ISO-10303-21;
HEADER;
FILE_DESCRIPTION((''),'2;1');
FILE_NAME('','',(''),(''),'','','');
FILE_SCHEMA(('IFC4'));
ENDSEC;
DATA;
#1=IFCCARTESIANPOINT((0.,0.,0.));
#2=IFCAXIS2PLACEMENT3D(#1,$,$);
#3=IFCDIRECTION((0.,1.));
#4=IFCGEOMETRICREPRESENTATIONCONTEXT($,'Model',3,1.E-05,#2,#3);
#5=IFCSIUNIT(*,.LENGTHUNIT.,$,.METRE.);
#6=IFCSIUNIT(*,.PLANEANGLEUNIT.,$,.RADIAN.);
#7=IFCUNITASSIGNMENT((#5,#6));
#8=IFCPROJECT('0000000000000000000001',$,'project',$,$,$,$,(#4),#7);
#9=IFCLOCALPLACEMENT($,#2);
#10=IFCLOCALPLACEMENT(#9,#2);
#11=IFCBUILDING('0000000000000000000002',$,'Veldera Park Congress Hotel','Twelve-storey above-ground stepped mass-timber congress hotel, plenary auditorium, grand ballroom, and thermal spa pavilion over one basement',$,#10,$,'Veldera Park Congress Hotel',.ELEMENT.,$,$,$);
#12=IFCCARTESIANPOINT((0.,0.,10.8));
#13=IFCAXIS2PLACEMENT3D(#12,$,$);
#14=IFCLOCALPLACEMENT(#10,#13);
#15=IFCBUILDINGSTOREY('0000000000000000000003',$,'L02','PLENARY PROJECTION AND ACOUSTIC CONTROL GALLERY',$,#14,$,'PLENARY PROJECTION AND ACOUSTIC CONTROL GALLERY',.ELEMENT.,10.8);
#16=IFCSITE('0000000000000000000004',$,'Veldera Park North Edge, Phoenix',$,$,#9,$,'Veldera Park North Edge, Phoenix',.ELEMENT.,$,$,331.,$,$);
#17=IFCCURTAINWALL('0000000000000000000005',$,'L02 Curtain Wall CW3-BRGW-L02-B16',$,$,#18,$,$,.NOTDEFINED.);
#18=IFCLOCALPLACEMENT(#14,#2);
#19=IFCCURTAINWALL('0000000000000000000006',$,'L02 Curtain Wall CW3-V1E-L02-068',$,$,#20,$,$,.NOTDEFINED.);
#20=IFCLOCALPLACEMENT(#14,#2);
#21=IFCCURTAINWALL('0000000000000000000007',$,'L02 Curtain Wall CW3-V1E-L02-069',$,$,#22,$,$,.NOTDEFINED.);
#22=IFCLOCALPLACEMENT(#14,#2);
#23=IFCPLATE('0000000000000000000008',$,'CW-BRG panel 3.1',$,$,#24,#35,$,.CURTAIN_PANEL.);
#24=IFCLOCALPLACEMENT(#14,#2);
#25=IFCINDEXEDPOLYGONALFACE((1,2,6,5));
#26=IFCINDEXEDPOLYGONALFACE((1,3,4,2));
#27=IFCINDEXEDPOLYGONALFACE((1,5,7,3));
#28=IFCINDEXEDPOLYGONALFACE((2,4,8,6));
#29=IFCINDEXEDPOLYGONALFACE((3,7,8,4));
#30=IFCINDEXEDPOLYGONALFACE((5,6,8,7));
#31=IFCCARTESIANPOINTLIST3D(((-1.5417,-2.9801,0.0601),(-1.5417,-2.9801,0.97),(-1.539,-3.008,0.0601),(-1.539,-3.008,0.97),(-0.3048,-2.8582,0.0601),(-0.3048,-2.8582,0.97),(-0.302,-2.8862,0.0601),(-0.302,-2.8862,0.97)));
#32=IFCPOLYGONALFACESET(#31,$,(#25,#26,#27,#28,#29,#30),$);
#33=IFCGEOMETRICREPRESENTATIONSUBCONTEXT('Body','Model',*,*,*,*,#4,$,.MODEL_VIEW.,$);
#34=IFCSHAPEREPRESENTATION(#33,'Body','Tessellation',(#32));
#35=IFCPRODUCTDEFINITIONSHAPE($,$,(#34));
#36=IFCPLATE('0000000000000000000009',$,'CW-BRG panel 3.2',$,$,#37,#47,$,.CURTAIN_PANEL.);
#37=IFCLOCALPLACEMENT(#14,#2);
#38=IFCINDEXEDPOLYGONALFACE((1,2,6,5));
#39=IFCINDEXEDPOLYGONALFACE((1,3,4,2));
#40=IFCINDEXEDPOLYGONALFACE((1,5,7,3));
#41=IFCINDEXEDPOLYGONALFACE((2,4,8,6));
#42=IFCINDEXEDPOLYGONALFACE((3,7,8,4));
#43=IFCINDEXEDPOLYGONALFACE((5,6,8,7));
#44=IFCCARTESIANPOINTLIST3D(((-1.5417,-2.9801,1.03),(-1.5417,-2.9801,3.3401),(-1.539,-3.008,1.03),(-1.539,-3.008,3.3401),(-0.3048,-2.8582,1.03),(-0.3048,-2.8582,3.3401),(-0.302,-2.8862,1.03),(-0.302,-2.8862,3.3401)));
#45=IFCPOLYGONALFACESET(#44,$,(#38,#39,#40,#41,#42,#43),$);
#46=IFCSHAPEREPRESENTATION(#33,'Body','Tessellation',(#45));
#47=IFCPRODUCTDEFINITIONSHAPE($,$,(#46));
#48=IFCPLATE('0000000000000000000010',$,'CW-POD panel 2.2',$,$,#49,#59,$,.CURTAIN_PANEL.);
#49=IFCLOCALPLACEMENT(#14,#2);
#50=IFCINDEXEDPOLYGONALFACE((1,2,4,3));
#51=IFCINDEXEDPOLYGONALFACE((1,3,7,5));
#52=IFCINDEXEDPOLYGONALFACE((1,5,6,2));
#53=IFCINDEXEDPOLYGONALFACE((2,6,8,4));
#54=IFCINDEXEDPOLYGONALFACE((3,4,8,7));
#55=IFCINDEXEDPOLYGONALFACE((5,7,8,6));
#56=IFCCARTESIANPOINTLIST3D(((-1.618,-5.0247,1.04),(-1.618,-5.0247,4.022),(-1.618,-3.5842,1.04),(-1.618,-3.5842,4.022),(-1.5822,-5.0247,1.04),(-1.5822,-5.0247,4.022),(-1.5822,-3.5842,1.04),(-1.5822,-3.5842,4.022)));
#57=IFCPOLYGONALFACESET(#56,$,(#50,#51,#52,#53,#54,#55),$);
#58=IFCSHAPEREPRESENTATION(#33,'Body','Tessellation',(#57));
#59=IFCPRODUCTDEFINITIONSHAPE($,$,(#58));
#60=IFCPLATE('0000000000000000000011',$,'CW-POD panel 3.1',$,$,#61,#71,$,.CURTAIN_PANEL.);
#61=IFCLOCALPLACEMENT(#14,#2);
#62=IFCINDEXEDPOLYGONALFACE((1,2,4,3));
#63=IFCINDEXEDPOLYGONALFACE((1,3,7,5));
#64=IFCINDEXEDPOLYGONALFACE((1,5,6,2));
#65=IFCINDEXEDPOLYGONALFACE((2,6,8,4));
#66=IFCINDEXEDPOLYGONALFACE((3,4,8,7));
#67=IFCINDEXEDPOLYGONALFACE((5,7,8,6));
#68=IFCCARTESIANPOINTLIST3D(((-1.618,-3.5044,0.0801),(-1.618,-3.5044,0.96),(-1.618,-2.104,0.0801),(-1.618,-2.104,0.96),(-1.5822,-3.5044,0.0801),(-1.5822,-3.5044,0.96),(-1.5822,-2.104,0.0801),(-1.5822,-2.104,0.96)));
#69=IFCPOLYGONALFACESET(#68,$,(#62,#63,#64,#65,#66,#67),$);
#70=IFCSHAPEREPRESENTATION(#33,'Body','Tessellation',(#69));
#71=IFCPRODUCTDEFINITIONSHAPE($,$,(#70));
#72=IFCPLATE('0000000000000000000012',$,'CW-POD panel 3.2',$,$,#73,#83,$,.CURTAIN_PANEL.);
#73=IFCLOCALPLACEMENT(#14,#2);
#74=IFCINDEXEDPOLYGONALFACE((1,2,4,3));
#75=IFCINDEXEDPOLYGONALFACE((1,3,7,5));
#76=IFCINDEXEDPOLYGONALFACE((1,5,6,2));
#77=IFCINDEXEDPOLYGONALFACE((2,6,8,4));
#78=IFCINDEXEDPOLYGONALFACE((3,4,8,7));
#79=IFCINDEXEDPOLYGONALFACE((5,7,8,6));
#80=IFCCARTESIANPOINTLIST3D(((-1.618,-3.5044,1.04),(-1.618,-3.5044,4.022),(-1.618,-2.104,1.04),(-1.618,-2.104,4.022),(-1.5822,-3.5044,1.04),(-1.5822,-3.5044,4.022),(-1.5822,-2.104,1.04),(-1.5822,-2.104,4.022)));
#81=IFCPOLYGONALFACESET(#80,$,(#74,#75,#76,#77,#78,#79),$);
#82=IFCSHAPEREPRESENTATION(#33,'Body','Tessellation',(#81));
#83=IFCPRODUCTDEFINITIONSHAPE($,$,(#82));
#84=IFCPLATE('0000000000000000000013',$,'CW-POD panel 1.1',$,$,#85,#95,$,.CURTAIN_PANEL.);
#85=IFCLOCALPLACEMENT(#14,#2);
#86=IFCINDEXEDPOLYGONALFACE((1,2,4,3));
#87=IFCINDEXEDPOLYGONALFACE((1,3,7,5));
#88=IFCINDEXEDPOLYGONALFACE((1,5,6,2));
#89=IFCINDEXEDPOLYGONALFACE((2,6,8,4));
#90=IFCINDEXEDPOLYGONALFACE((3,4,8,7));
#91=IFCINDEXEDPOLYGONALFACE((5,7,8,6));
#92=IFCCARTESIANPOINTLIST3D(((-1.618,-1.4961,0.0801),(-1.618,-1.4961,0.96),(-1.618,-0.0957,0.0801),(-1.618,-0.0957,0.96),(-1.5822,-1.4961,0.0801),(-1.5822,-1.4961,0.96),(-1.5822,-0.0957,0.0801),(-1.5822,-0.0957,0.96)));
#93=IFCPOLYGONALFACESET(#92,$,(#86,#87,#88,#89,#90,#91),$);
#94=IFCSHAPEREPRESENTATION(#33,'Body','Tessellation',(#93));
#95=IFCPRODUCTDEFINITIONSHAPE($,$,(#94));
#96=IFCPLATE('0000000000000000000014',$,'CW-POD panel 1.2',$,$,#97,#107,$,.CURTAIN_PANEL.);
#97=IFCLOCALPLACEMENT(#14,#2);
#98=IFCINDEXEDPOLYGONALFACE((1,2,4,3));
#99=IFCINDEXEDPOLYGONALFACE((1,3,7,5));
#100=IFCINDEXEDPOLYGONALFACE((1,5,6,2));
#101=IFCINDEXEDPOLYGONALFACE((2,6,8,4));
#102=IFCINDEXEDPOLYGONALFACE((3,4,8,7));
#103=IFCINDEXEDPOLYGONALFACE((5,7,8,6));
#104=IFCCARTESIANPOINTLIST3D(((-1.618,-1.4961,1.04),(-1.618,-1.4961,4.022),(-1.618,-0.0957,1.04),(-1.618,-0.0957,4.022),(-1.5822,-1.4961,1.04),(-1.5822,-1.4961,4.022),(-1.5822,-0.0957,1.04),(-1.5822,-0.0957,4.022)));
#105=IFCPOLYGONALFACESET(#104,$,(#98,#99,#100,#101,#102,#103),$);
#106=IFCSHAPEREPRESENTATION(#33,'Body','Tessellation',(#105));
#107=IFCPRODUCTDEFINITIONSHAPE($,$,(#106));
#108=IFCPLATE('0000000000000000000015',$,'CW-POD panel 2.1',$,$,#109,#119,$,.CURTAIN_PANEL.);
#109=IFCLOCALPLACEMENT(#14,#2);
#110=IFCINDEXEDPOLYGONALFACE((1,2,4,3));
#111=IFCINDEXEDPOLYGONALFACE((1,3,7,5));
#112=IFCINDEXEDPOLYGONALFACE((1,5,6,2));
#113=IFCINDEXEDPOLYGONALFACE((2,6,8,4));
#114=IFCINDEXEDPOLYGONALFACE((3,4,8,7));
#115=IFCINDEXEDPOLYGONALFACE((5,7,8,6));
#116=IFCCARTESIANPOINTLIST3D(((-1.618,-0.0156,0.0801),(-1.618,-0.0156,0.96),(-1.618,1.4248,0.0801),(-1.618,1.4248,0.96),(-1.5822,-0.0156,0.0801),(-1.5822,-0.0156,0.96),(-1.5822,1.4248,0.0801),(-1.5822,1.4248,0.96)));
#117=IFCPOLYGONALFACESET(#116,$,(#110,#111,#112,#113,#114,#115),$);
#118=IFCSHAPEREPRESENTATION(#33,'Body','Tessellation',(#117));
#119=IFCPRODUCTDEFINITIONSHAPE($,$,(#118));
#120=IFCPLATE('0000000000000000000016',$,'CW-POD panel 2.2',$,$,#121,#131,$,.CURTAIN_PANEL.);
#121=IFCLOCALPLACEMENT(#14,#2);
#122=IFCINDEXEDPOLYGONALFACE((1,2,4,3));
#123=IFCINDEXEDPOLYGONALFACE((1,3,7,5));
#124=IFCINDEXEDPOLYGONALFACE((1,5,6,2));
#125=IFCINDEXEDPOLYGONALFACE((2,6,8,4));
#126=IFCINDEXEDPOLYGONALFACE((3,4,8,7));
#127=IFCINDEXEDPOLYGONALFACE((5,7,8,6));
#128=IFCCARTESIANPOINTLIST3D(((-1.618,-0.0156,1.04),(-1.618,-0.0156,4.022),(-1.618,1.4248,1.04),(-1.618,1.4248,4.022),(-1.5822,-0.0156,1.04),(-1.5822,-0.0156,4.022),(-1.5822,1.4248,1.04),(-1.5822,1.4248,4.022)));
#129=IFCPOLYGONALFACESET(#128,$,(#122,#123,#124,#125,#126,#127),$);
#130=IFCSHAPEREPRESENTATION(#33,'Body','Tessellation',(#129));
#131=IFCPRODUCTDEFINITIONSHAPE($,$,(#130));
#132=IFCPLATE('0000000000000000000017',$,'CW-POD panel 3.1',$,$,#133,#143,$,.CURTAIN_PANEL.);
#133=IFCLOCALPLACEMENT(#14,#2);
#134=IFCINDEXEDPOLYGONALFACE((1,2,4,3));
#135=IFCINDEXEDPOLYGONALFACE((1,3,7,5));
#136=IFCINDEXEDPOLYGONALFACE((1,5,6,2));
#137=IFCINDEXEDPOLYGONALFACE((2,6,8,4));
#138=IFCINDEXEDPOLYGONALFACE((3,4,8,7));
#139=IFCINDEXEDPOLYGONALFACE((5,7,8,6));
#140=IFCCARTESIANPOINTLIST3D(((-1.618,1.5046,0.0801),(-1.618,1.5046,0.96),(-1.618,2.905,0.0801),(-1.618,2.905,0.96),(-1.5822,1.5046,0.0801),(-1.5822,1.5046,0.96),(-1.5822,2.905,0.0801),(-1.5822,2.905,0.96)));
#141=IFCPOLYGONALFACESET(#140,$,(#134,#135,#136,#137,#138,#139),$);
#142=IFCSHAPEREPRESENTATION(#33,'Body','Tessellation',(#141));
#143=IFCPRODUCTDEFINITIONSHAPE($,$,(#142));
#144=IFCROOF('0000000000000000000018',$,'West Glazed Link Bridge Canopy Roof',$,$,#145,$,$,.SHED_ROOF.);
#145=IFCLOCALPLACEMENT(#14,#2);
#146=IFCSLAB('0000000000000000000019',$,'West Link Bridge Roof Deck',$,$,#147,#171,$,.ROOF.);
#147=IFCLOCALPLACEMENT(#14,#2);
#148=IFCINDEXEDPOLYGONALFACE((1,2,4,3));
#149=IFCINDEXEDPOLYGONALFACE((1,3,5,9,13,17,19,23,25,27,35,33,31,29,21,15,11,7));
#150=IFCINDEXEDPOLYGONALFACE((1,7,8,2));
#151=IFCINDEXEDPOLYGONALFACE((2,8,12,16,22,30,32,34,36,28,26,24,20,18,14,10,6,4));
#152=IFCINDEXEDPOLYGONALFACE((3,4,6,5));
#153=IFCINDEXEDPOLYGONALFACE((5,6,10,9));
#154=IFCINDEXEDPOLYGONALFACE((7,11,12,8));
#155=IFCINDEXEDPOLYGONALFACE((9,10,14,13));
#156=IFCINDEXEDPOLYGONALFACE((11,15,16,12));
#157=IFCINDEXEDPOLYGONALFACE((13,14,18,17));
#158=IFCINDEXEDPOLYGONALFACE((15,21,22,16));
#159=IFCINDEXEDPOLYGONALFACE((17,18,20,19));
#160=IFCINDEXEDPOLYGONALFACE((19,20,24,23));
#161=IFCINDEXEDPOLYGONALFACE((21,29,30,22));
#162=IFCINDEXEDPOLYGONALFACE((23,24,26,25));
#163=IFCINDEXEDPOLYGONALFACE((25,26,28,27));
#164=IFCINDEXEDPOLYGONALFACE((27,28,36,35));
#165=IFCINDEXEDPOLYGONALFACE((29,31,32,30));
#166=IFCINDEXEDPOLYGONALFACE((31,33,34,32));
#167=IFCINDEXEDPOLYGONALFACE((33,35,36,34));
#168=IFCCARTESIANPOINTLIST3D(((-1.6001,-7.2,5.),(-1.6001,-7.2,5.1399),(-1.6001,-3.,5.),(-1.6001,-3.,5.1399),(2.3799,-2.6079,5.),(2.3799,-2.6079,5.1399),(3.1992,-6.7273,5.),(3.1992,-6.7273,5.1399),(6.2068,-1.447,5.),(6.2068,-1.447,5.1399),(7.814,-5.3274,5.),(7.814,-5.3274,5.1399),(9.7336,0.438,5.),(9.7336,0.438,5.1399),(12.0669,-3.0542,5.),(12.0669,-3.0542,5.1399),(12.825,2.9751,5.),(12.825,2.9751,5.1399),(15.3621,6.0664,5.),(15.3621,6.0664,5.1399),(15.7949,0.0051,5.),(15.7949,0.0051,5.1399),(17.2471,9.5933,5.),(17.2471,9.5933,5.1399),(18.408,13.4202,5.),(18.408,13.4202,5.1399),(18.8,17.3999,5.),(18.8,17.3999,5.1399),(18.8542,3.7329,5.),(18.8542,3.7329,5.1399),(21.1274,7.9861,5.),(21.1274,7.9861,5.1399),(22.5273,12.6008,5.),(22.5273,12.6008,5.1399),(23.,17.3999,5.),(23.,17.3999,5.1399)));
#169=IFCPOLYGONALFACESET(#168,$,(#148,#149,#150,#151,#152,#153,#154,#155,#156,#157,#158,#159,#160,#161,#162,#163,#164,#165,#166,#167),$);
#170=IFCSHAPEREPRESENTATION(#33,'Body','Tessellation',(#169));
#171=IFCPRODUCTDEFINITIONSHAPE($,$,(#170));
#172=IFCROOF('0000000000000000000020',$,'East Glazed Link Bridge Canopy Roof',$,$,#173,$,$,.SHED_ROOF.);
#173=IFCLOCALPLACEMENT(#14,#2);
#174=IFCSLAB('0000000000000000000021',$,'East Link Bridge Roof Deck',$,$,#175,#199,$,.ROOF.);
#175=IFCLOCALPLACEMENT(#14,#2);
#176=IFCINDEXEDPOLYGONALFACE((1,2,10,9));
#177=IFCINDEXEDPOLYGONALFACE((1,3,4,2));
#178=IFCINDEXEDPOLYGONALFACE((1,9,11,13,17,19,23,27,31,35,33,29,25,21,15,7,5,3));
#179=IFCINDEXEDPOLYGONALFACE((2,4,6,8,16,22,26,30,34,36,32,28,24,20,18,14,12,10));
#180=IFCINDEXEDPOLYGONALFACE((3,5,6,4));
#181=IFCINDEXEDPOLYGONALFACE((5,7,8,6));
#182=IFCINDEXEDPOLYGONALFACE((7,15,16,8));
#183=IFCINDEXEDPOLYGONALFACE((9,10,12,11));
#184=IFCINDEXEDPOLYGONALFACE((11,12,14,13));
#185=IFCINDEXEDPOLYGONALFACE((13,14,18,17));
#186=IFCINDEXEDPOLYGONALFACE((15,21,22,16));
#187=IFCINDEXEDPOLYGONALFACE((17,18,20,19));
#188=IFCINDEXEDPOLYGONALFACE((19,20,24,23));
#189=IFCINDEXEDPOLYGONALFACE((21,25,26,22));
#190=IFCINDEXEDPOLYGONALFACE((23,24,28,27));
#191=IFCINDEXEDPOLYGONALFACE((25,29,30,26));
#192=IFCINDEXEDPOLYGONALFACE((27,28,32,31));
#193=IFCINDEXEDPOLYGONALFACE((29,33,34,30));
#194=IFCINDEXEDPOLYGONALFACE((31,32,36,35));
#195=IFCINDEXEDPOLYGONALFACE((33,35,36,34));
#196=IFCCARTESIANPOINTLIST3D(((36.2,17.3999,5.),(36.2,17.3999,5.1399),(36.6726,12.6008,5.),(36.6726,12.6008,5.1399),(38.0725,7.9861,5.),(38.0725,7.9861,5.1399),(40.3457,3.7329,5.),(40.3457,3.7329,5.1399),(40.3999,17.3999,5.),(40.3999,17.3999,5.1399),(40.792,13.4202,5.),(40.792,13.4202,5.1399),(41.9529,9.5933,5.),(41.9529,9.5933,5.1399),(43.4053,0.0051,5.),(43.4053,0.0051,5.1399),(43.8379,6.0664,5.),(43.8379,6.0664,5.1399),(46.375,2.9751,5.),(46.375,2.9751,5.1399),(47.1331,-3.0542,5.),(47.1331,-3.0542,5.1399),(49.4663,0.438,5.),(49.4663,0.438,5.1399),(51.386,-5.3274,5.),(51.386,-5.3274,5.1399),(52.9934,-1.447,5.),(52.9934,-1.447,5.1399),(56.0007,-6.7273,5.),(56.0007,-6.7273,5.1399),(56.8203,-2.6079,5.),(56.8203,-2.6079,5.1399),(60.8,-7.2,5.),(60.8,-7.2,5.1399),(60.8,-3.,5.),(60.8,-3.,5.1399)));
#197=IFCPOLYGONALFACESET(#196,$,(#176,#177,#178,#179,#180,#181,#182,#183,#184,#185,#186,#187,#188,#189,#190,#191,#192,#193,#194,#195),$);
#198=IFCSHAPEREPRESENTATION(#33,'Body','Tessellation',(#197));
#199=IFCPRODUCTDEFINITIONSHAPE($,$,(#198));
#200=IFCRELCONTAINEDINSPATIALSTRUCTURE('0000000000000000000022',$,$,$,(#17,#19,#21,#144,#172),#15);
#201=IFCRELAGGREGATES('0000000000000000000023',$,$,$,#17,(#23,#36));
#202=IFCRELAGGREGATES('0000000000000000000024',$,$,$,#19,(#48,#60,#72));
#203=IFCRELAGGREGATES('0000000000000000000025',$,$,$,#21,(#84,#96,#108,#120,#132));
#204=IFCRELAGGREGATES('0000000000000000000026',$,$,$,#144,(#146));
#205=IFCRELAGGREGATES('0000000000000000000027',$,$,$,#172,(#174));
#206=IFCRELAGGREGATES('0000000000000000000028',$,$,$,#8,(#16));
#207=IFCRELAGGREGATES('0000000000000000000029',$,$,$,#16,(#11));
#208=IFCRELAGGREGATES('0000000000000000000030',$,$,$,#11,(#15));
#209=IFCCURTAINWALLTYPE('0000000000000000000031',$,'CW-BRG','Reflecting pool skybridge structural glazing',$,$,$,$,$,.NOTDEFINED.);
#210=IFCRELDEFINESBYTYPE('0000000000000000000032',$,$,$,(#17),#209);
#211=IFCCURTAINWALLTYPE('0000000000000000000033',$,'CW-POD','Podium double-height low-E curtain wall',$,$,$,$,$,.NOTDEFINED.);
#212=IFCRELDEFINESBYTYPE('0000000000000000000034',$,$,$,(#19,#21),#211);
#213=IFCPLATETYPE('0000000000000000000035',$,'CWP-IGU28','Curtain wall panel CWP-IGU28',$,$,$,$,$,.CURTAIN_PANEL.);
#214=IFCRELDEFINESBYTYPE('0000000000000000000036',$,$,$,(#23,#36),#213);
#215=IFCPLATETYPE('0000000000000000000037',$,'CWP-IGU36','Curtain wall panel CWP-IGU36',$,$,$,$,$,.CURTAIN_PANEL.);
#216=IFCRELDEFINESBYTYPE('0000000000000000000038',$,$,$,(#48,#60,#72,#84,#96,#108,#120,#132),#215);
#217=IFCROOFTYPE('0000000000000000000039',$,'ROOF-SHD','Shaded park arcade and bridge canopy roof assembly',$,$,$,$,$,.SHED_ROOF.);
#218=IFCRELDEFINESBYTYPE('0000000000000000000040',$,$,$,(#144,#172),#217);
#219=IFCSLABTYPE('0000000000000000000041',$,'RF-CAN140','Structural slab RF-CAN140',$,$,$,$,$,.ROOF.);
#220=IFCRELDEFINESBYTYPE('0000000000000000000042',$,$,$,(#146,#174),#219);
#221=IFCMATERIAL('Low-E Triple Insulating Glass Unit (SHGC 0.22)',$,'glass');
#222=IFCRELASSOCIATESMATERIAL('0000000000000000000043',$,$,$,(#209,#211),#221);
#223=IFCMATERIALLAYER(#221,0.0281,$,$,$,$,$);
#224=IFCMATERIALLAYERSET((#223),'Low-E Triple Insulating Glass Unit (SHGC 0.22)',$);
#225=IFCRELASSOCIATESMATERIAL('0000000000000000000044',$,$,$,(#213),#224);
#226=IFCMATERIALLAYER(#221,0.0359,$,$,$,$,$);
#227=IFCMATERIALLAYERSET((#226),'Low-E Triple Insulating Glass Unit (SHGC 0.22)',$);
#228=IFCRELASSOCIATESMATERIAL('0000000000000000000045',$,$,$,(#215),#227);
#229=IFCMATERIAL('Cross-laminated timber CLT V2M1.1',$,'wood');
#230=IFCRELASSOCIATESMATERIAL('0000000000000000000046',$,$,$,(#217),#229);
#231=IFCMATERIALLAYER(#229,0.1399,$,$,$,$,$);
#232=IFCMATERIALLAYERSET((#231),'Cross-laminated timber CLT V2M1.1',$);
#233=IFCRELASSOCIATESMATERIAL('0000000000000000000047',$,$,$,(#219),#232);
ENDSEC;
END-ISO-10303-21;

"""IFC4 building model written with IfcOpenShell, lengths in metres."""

from ifc_helpers import new_model, si_unit, direction, frame, origin, origin_2d, place, context, subcontext, project, spatial, polyline, rectangle, outline, extrude, material, layer, layer_set, type_object, element, aggregate, save


model = new_model("IFC4")

# Units and contexts
model_context = context("Model", 3, precision=1e-05, world=origin(), true_north=direction((0.0, 1.0)))
body_context = subcontext(model_context, "Body", "Model", "MODEL_VIEW")
ifc_project = project(units=[si_unit("LENGTHUNIT", "METRE"), si_unit("PLANEANGLEUNIT", "RADIAN")], contexts=[model_context])

# Site, building, storey
site_placement = place(None, origin())
site = spatial("IfcSite", under=ifc_project, at=site_placement, Name="Veldera Park North Edge, Phoenix", LongName="Veldera Park North Edge, Phoenix", CompositionType="ELEMENT", RefElevation=331.0)
building_placement = place(site_placement, origin())
building = spatial("IfcBuilding", under=site, at=building_placement, Name="Veldera Park Congress Hotel", Description="Twelve-storey above-ground stepped mass-timber congress hotel, plenary auditorium, grand ballroom, and thermal spa pavilion over one basement", LongName="Veldera Park Congress Hotel", CompositionType="ELEMENT")
storey_placement = place(building_placement, frame((0.0, 0.0, 10.8)))
storey = spatial("IfcBuildingStorey", under=building, at=storey_placement, Name="L02", Description="PLENARY PROJECTION AND ACOUSTIC CONTROL GALLERY", LongName="PLENARY PROJECTION AND ACOUSTIC CONTROL GALLERY", CompositionType="ELEMENT", Elevation=10.8)

# Curtain walls
ifc_material_1 = material(Name="Low-E Triple Insulating Glass Unit (SHGC 0.22)", Category="glass")
curtain_wall_type_1 = type_object("IfcCurtainWallType", Name="CW-BRG", Description="Reflecting pool skybridge structural glazing", PredefinedType="NOTDEFINED", material=ifc_material_1)
curtain_wall_1_placement = place(storey_placement, origin())
curtain_wall_1 = element("IfcCurtainWall", 1, at=curtain_wall_1_placement, inside=storey, type_object=curtain_wall_type_1, Name="L02 Curtain Wall CW3-BRGW-L02-B16", PredefinedType="NOTDEFINED")
curtain_wall_type_2 = type_object("IfcCurtainWallType", Name="CW-POD", Description="Podium double-height low-E curtain wall", PredefinedType="NOTDEFINED", material=ifc_material_1)
curtain_wall_2_placement = place(storey_placement, origin())
curtain_wall_2 = element("IfcCurtainWall", 2, at=curtain_wall_2_placement, inside=storey, type_object=curtain_wall_type_2, Name="L02 Curtain Wall CW3-V1E-L02-068", PredefinedType="NOTDEFINED")
curtain_wall_3_placement = place(storey_placement, origin())
curtain_wall_3 = element("IfcCurtainWall", 3, at=curtain_wall_3_placement, inside=storey, type_object=curtain_wall_type_2, Name="L02 Curtain Wall CW3-V1E-L02-069", PredefinedType="NOTDEFINED")

# Plates
ifc_layer_1 = layer(ifc_material_1, 0.0281)
ifc_layer_set_1 = layer_set([ifc_layer_1], Name="Low-E Triple Insulating Glass Unit (SHGC 0.22)")
plate_type_1 = type_object("IfcPlateType", Name="CWP-IGU28", Description="Curtain wall panel CWP-IGU28", PredefinedType="CURTAIN_PANEL", material=ifc_layer_set_1)
plate_1_placement = place(storey_placement, frame((-0.9219, -2.9331, 0.0601), z_axis=(0.0, 0.0, 1.0), x_axis=(-0.995184, -0.098023, 0.0)))
plate_1 = element("IfcPlate", 4, at=plate_1_placement, type_object=plate_type_1, Name="CW-BRG panel 3.1", PredefinedType="CURTAIN_PANEL", context=body_context, shape_type="SweptSolid", body=[
    extrude(rectangle(XDim=1.2429, YDim=0.0281, at=origin_2d()), origin(), (0.0, 0.0, 1.0), 0.9099),
])
plate_2_placement = place(storey_placement, frame((-0.9219, -2.9331, 1.03), z_axis=(0.0, 0.0, 1.0), x_axis=(-0.995184, -0.098023, 0.0)))
plate_2 = element("IfcPlate", 5, at=plate_2_placement, type_object=plate_type_1, Name="CW-BRG panel 3.2", PredefinedType="CURTAIN_PANEL", context=body_context, shape_type="SweptSolid", body=[
    extrude(rectangle(XDim=1.2429, YDim=0.0281, at=origin_2d()), origin(), (0.0, 0.0, 1.0), 2.3101),
])
aggregate(curtain_wall_1, [plate_1, plate_2])
ifc_layer_2 = layer(ifc_material_1, 0.0359)
ifc_layer_set_2 = layer_set([ifc_layer_2], Name="Low-E Triple Insulating Glass Unit (SHGC 0.22)")
plate_type_2 = type_object("IfcPlateType", Name="CWP-IGU36", Description="Curtain wall panel CWP-IGU36", PredefinedType="CURTAIN_PANEL", material=ifc_layer_set_2)
plate_3_placement = place(storey_placement, frame((-1.6001, -4.3044, 1.04), z_axis=(0.0, 0.0, 1.0), x_axis=(0.0, 1.0, 0.0)))
plate_3 = element("IfcPlate", 6, at=plate_3_placement, type_object=plate_type_2, Name="CW-POD panel 2.2", PredefinedType="CURTAIN_PANEL", context=body_context, shape_type="SweptSolid", body=[
    extrude(rectangle(XDim=1.4404, YDim=0.0359, at=origin_2d()), origin(), (0.0, 0.0, 1.0), 2.9819),
])
plate_4_placement = place(storey_placement, frame((-1.6001, -2.8042, 0.0801), z_axis=(0.0, 0.0, 1.0), x_axis=(0.0, 1.0, 0.0)))
plate_4 = element("IfcPlate", 7, at=plate_4_placement, type_object=plate_type_2, Name="CW-POD panel 3.1", PredefinedType="CURTAIN_PANEL", context=body_context, shape_type="SweptSolid", body=[
    extrude(rectangle(XDim=1.4004, YDim=0.0359, at=origin_2d()), origin(), (0.0, 0.0, 1.0), 0.8799),
])
plate_5_placement = place(storey_placement, frame((-1.6001, -2.8042, 1.04), z_axis=(0.0, 0.0, 1.0), x_axis=(0.0, 1.0, 0.0)))
plate_5 = element("IfcPlate", 8, at=plate_5_placement, type_object=plate_type_2, Name="CW-POD panel 3.2", PredefinedType="CURTAIN_PANEL", context=body_context, shape_type="SweptSolid", body=[
    extrude(rectangle(XDim=1.4004, YDim=0.0359, at=origin_2d()), origin(), (0.0, 0.0, 1.0), 2.9819),
])
aggregate(curtain_wall_2, [plate_3, plate_4, plate_5])
plate_6_placement = place(storey_placement, frame((-1.6001, -0.7959, 0.0801), z_axis=(0.0, 0.0, 1.0), x_axis=(0.0, 1.0, 0.0)))
plate_6 = element("IfcPlate", 9, at=plate_6_placement, type_object=plate_type_2, Name="CW-POD panel 1.1", PredefinedType="CURTAIN_PANEL", context=body_context, shape_type="SweptSolid", body=[
    extrude(rectangle(XDim=1.4004, YDim=0.0359, at=origin_2d()), origin(), (0.0, 0.0, 1.0), 0.8799),
])
plate_7_placement = place(storey_placement, frame((-1.6001, -0.7959, 1.04), z_axis=(0.0, 0.0, 1.0), x_axis=(0.0, 1.0, 0.0)))
plate_7 = element("IfcPlate", 10, at=plate_7_placement, type_object=plate_type_2, Name="CW-POD panel 1.2", PredefinedType="CURTAIN_PANEL", context=body_context, shape_type="SweptSolid", body=[
    extrude(rectangle(XDim=1.4004, YDim=0.0359, at=origin_2d()), origin(), (0.0, 0.0, 1.0), 2.9819),
])
plate_8_placement = place(storey_placement, frame((-1.6001, 0.7046, 0.0801), z_axis=(0.0, 0.0, 1.0), x_axis=(0.0, 1.0, 0.0)))
plate_8 = element("IfcPlate", 11, at=plate_8_placement, type_object=plate_type_2, Name="CW-POD panel 2.1", PredefinedType="CURTAIN_PANEL", context=body_context, shape_type="SweptSolid", body=[
    extrude(rectangle(XDim=1.4404, YDim=0.0359, at=origin_2d()), origin(), (0.0, 0.0, 1.0), 0.8799),
])
plate_9_placement = place(storey_placement, frame((-1.6001, 0.7046, 1.04), z_axis=(0.0, 0.0, 1.0), x_axis=(0.0, 1.0, 0.0)))
plate_9 = element("IfcPlate", 12, at=plate_9_placement, type_object=plate_type_2, Name="CW-POD panel 2.2", PredefinedType="CURTAIN_PANEL", context=body_context, shape_type="SweptSolid", body=[
    extrude(rectangle(XDim=1.4404, YDim=0.0359, at=origin_2d()), origin(), (0.0, 0.0, 1.0), 2.9819),
])
plate_10_placement = place(storey_placement, frame((-1.6001, 2.2048, 0.0801), z_axis=(0.0, 0.0, 1.0), x_axis=(0.0, 1.0, 0.0)))
plate_10 = element("IfcPlate", 13, at=plate_10_placement, type_object=plate_type_2, Name="CW-POD panel 3.1", PredefinedType="CURTAIN_PANEL", context=body_context, shape_type="SweptSolid", body=[
    extrude(rectangle(XDim=1.4004, YDim=0.0359, at=origin_2d()), origin(), (0.0, 0.0, 1.0), 0.8799),
])
aggregate(curtain_wall_3, [plate_6, plate_7, plate_8, plate_9, plate_10])

# Roofs, slabs
ifc_material_2 = material(Name="Cross-laminated timber CLT V2M1.1", Category="wood")
roof_type = type_object("IfcRoofType", Name="ROOF-SHD", Description="Shaded park arcade and bridge canopy roof assembly", PredefinedType="SHED_ROOF", material=ifc_material_2)
roof_1_placement = place(storey_placement, origin())
roof_1 = element("IfcRoof", 14, at=roof_1_placement, inside=storey, type_object=roof_type, Name="West Glazed Link Bridge Canopy Roof", PredefinedType="SHED_ROOF")
ifc_layer_3 = layer(ifc_material_2, 0.1399)
ifc_layer_set_3 = layer_set([ifc_layer_3], Name="Cross-laminated timber CLT V2M1.1")
slab_type = type_object("IfcSlabType", Name="RF-CAN140", Description="Structural slab RF-CAN140", PredefinedType="ROOF", material=ifc_layer_set_3)
slab_1_placement = place(storey_placement, frame((0.0, 0.0, 5.0)))
slab_1 = element("IfcSlab", 15, at=slab_1_placement, type_object=slab_type, Name="West Link Bridge Roof Deck", PredefinedType="ROOF", context=body_context, shape_type="SweptSolid", body=[
    extrude(outline(polyline([(-1.6001, -7.2), (3.1992, -6.7273), (7.814, -5.3274), (12.0669, -3.0542), (15.7949, 0.0051), (18.8542, 3.7329), (21.1274, 7.9861), (22.5273, 12.6008), (23.0, 17.3999), (18.8, 17.3999), (18.408, 13.4202), (17.2471, 9.5933), (15.3621, 6.0664), (12.825, 2.9751), (9.7336, 0.438), (6.2068, -1.447), (2.3799, -2.6079), (-1.6001, -3.0), (-1.6001, -7.2)])), origin(), (0.0, 0.0, 1.0), 0.1399),
])
aggregate(roof_1, [slab_1])
roof_2_placement = place(storey_placement, origin())
roof_2 = element("IfcRoof", 16, at=roof_2_placement, inside=storey, type_object=roof_type, Name="East Glazed Link Bridge Canopy Roof", PredefinedType="SHED_ROOF")
slab_2_placement = place(storey_placement, frame((0.0, 0.0, 5.0)))
slab_2 = element("IfcSlab", 17, at=slab_2_placement, type_object=slab_type, Name="East Link Bridge Roof Deck", PredefinedType="ROOF", context=body_context, shape_type="SweptSolid", body=[
    extrude(outline(polyline([(36.2, 17.3999), (36.6726, 12.6008), (38.0725, 7.9861), (40.3457, 3.7329), (43.4053, 0.0051), (47.1331, -3.0542), (51.386, -5.3274), (56.0007, -6.7273), (60.8, -7.2), (60.8, -3.0), (56.8203, -2.6079), (52.9934, -1.447), (49.4663, 0.438), (46.375, 2.9751), (43.8379, 6.0664), (41.9529, 9.5933), (40.792, 13.4202), (40.3999, 17.3999), (36.2, 17.3999)])), origin(), (0.0, 0.0, 1.0), 0.1399),
])
aggregate(roof_2, [slab_2])

save(model, "model.ifc")
